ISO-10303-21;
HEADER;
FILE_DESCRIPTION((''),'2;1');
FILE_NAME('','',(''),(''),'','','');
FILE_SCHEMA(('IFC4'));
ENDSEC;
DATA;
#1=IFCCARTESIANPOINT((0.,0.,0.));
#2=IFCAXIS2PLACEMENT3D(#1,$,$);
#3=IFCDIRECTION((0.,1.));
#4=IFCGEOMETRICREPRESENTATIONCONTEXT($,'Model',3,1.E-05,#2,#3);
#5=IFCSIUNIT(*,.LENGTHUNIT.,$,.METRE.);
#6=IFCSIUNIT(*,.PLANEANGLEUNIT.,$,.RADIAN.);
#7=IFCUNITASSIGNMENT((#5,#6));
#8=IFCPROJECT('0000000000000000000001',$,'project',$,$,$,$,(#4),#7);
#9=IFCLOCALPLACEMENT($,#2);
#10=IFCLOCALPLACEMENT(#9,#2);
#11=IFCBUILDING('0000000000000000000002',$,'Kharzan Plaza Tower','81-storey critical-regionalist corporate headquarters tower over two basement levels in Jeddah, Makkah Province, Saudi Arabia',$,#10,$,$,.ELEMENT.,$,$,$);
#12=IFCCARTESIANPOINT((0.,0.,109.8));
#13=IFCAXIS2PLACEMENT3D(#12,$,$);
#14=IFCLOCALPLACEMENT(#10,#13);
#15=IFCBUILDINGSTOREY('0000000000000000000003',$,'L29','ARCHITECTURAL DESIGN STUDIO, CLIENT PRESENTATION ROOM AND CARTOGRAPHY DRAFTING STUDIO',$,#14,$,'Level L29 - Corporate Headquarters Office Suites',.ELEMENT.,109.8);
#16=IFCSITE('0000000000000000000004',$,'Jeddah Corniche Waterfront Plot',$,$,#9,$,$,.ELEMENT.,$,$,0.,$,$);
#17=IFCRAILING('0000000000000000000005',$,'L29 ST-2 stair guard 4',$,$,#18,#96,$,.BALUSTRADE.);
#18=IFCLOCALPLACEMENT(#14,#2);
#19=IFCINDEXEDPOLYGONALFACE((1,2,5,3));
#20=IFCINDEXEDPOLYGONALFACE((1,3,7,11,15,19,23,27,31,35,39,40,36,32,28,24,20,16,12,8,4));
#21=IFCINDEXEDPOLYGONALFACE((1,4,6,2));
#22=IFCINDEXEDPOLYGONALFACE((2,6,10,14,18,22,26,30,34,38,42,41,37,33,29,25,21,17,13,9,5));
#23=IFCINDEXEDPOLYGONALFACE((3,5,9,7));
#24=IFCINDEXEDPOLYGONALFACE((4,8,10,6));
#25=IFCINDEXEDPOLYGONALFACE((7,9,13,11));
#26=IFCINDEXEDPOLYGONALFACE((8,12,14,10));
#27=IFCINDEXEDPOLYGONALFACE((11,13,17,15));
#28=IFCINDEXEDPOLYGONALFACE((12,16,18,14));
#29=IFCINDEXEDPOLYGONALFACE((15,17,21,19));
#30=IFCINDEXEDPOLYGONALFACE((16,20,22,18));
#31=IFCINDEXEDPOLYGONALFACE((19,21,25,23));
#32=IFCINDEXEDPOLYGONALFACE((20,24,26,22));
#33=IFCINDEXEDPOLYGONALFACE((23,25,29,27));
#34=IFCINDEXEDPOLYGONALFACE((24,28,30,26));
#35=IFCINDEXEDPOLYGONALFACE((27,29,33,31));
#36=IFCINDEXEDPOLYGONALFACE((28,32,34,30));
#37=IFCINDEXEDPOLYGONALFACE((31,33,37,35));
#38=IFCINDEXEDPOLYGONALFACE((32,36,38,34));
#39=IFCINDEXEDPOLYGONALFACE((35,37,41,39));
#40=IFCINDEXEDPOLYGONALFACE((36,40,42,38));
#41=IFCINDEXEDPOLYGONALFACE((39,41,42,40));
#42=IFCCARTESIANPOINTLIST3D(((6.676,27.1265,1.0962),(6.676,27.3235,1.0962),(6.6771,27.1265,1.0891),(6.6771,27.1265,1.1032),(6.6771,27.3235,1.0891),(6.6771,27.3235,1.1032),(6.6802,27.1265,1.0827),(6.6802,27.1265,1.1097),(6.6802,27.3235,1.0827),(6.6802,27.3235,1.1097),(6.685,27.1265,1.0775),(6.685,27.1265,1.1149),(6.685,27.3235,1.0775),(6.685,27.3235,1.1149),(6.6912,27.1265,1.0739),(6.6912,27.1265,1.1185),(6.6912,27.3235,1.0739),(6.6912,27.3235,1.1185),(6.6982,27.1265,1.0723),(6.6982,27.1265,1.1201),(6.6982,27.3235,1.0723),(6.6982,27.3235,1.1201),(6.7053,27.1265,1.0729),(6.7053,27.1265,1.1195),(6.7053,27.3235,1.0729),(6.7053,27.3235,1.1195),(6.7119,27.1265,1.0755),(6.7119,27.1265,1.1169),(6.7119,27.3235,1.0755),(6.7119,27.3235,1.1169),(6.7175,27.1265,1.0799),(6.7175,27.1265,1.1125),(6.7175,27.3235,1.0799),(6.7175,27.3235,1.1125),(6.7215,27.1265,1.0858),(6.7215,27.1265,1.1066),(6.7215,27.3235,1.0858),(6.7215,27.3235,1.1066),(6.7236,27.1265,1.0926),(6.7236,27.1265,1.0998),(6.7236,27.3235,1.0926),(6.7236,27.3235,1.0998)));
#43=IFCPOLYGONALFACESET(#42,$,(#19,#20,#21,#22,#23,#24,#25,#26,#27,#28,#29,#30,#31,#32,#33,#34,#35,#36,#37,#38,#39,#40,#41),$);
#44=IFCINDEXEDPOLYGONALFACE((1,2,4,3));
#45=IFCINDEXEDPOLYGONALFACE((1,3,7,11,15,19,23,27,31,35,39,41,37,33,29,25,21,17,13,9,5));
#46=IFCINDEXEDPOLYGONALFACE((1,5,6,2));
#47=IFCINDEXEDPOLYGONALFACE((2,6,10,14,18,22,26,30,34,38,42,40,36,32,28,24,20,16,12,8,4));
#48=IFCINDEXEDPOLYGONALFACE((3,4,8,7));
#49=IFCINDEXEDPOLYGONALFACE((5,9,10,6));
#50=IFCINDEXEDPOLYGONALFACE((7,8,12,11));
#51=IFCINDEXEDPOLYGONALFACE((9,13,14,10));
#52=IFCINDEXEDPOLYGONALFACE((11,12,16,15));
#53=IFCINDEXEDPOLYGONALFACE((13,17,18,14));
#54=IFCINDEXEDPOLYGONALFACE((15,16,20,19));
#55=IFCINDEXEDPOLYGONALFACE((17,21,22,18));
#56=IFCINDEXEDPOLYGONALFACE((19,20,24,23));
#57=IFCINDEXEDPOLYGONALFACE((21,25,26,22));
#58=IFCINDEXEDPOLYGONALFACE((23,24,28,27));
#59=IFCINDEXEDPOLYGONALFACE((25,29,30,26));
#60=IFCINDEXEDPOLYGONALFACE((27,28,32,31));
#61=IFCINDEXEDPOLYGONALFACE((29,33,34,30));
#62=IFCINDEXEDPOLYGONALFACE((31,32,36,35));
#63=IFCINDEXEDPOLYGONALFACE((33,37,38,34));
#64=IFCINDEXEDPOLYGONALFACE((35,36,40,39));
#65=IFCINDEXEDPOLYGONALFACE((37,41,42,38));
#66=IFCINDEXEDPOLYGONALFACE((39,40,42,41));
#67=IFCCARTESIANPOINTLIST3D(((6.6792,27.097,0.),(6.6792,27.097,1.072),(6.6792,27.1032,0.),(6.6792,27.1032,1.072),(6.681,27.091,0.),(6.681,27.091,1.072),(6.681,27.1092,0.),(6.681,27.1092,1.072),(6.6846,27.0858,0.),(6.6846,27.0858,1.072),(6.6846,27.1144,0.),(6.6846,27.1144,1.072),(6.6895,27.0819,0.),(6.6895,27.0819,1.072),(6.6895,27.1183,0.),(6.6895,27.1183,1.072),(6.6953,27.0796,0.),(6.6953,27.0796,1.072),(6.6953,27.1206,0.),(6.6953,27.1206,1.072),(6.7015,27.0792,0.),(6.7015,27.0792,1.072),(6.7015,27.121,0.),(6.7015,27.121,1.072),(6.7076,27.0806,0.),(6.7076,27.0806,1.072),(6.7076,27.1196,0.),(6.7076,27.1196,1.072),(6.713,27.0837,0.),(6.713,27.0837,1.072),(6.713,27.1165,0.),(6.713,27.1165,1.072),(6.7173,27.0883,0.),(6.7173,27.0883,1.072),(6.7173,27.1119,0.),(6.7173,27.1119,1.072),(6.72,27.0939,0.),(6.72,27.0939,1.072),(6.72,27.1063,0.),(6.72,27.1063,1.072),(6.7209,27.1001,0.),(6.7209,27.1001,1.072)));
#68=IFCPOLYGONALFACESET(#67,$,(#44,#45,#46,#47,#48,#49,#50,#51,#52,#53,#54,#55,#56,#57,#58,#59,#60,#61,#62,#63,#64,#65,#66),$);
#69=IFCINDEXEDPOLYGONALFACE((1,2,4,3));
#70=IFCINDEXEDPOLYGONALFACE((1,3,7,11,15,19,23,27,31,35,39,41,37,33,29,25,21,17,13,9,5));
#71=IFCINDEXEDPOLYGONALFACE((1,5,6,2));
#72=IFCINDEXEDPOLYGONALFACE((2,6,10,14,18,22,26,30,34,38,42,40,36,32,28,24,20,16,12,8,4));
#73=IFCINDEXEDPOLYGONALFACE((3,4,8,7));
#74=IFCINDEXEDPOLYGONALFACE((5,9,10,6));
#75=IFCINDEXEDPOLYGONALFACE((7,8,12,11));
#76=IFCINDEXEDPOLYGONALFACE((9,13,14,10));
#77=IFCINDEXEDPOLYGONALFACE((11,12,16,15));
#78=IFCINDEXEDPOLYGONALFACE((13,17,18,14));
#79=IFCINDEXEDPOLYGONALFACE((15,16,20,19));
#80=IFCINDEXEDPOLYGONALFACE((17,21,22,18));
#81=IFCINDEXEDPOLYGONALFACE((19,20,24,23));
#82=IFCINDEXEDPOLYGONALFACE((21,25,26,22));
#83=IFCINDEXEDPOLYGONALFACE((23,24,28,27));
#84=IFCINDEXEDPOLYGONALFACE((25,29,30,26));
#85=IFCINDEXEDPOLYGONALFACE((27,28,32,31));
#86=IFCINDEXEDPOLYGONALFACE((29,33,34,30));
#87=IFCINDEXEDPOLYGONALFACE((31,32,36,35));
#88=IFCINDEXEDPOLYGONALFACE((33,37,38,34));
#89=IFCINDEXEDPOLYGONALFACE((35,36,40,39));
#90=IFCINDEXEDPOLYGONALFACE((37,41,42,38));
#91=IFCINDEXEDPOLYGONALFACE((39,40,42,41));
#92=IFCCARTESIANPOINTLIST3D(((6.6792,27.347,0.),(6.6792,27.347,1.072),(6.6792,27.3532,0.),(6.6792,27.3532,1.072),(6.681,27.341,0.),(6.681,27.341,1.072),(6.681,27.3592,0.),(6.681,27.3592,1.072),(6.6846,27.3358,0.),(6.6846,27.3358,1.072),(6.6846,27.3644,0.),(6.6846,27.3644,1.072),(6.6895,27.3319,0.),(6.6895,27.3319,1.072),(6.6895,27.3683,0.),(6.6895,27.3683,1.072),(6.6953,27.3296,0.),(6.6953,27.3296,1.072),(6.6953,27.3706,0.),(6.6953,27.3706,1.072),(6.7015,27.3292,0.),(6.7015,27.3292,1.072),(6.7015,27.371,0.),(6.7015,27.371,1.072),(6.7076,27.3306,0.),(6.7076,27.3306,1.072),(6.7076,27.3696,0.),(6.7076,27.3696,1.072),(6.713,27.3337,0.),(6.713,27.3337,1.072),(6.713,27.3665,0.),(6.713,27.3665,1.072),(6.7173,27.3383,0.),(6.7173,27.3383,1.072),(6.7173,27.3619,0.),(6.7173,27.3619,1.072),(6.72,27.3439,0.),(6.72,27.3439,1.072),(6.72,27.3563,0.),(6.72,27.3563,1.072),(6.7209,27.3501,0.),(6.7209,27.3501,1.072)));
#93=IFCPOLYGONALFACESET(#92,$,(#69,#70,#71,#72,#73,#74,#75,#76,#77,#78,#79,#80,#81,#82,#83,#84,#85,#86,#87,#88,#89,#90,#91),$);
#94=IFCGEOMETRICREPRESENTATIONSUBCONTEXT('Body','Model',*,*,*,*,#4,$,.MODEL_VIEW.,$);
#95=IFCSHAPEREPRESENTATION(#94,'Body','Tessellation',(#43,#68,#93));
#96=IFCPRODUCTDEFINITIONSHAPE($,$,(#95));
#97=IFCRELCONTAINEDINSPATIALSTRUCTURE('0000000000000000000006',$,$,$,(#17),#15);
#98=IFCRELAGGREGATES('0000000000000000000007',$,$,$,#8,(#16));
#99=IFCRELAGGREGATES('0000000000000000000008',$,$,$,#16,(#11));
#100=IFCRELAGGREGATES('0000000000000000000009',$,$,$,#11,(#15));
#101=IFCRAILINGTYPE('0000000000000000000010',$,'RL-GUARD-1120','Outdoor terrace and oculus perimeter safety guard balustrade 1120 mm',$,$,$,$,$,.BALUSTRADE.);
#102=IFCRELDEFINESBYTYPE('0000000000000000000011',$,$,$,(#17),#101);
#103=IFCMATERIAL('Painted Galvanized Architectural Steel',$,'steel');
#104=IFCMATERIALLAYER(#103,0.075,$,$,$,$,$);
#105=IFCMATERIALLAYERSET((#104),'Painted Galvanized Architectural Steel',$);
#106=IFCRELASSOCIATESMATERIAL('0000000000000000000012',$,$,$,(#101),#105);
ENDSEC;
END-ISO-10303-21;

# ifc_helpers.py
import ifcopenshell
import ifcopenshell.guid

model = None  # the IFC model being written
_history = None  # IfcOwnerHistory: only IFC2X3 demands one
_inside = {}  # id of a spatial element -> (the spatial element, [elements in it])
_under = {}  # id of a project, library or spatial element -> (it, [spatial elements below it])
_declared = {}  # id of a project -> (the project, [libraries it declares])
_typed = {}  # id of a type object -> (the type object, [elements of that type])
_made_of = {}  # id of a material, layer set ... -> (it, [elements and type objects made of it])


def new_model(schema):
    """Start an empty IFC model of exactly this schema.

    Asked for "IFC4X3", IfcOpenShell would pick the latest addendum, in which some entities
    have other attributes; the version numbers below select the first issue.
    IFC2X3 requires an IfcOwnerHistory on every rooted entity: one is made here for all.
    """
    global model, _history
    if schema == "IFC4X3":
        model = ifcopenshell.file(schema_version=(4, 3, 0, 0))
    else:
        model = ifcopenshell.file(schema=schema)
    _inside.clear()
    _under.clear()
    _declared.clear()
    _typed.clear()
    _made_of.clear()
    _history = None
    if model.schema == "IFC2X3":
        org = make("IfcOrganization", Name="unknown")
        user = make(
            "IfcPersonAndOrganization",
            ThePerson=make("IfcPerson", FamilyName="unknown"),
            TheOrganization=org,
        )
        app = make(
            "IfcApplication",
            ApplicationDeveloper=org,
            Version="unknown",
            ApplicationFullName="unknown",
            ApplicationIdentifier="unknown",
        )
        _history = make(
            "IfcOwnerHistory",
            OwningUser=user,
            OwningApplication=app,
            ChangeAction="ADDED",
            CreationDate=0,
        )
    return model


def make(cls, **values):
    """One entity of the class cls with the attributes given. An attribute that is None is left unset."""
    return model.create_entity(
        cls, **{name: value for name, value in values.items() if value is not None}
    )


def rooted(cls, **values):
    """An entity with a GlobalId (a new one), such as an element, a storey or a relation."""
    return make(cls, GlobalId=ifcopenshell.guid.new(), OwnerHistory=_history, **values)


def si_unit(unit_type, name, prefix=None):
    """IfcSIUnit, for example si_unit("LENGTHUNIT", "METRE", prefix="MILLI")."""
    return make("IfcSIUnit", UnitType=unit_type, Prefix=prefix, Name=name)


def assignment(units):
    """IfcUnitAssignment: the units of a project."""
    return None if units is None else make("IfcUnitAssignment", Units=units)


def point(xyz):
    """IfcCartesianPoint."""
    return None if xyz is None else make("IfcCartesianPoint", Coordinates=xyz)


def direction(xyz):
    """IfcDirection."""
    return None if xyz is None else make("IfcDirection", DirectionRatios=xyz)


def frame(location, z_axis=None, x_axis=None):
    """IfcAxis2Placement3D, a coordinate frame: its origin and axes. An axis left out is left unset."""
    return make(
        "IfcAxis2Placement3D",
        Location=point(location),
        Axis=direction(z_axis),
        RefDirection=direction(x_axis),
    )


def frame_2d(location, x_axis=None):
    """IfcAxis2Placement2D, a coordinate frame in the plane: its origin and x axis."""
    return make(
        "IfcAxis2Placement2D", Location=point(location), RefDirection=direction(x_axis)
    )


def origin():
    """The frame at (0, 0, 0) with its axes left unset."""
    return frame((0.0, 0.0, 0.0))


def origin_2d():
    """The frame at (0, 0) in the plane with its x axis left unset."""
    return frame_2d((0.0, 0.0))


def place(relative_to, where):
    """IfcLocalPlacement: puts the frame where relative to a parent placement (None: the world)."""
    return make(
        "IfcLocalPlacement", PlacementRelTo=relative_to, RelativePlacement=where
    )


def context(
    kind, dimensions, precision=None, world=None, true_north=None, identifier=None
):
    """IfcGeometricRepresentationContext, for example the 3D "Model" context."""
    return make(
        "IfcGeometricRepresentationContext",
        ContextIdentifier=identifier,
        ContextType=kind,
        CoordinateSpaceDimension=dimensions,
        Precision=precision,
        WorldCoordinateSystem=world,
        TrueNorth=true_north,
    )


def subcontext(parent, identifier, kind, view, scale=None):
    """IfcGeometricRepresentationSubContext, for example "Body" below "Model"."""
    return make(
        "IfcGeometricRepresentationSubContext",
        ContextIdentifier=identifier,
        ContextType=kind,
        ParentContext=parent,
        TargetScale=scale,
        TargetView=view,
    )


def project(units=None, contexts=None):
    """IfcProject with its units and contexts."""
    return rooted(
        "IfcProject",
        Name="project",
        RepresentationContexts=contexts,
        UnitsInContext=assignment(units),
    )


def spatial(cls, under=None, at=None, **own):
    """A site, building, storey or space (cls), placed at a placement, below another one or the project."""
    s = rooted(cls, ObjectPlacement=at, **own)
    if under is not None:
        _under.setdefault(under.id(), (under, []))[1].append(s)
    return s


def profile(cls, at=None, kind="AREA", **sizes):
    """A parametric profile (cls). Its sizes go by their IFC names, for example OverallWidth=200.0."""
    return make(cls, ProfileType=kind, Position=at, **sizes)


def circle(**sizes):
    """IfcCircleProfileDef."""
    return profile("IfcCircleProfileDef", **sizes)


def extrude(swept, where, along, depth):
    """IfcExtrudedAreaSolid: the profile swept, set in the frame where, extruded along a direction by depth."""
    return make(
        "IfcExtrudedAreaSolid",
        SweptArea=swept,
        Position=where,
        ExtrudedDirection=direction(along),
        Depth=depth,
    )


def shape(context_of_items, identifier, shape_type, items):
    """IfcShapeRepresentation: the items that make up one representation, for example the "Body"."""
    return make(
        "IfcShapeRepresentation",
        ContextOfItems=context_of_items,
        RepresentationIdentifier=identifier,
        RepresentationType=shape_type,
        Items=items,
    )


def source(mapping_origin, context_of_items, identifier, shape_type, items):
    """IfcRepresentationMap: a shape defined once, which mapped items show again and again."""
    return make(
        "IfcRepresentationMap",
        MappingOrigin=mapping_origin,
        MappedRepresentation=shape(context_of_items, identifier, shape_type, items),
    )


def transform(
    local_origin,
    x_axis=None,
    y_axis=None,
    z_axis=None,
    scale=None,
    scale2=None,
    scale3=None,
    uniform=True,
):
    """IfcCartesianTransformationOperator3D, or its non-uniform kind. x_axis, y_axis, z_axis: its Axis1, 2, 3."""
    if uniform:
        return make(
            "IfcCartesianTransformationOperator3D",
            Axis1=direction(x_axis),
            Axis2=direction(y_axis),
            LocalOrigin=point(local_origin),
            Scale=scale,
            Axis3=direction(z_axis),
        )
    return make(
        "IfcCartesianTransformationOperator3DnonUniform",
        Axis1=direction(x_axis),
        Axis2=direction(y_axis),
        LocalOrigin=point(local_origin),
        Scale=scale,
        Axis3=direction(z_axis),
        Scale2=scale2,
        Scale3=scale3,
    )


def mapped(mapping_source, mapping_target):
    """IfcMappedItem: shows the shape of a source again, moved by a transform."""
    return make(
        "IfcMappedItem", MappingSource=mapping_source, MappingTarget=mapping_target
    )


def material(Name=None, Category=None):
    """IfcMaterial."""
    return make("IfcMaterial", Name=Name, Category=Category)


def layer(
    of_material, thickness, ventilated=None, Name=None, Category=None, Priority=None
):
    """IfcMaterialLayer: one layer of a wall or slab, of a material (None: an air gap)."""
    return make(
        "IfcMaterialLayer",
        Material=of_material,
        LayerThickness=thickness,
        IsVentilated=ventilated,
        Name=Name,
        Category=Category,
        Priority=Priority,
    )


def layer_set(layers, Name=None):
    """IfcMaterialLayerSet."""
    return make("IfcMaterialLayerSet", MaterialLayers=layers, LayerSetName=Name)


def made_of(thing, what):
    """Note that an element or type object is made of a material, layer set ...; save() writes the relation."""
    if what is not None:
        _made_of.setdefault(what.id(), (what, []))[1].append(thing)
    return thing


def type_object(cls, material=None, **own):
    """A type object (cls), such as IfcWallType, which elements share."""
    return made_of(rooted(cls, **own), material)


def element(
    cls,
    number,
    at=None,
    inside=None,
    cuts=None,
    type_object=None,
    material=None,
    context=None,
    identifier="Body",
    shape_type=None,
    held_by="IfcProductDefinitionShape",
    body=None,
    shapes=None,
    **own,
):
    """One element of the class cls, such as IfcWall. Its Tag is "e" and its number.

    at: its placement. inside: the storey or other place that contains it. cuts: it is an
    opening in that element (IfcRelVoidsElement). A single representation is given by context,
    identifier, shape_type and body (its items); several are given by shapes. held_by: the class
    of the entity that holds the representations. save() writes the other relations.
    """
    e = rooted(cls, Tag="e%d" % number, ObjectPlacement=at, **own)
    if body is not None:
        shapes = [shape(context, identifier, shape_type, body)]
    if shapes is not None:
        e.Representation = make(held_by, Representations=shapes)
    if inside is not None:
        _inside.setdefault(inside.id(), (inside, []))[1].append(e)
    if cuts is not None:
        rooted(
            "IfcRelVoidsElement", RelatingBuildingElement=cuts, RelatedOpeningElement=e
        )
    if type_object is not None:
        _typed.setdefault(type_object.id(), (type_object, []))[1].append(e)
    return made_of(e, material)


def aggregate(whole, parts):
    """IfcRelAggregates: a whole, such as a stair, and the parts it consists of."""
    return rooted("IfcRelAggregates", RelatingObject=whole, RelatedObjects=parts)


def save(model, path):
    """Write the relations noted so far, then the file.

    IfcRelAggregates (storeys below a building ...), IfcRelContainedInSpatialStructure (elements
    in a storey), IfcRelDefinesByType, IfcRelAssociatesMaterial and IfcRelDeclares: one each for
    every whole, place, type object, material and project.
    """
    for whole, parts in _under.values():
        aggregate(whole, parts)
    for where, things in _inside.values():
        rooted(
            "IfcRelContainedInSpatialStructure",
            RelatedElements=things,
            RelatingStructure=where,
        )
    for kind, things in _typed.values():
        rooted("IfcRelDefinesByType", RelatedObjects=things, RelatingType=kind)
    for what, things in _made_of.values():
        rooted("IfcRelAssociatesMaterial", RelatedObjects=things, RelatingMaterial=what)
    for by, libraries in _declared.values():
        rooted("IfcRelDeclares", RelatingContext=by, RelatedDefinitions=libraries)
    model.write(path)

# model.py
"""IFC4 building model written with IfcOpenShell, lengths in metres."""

from ifc_helpers import new_model, si_unit, direction, frame, origin, origin_2d, place, context, subcontext, project, spatial, circle, extrude, source, transform, mapped, material, layer, layer_set, type_object, element, save


model = new_model("IFC4")

# Units and contexts
model_context = context("Model", 3, precision=1e-05, world=origin(), true_north=direction((0.0, 1.0)))
body_context = subcontext(model_context, "Body", "Model", "MODEL_VIEW")
ifc_project = project(units=[si_unit("LENGTHUNIT", "METRE"), si_unit("PLANEANGLEUNIT", "RADIAN")], contexts=[model_context])

# Site, building, storey
site_placement = place(None, origin())
site = spatial("IfcSite", under=ifc_project, at=site_placement, Name="Jeddah Corniche Waterfront Plot", CompositionType="ELEMENT", RefElevation=0.0)
building_placement = place(site_placement, origin())
building = spatial("IfcBuilding", under=site, at=building_placement, Name="Kharzan Plaza Tower", Description="81-storey critical-regionalist corporate headquarters tower over two basement levels in Jeddah, Makkah Province, Saudi Arabia", CompositionType="ELEMENT")
storey_placement = place(building_placement, frame((0.0, 0.0, 109.8)))
storey = spatial("IfcBuildingStorey", under=building, at=storey_placement, Name="L29", Description="ARCHITECTURAL DESIGN STUDIO, CLIENT PRESENTATION ROOM AND CARTOGRAPHY DRAFTING STUDIO", LongName="Level L29 - Corporate Headquarters Office Suites", CompositionType="ELEMENT", Elevation=109.8)

# Railing
ifc_material_1 = material(Name="Painted Galvanized Architectural Steel", Category="steel")
ifc_layer_1 = layer(ifc_material_1, 0.075)
ifc_layer_set_1 = layer_set([ifc_layer_1], Name="Painted Galvanized Architectural Steel")
railing_type_1 = type_object("IfcRailingType", Name="RL-GUARD-1120", Description="Outdoor terrace and oculus perimeter safety guard balustrade 1120 mm", PredefinedType="BALUSTRADE", material=ifc_layer_set_1)
shared_shape_1 = source(origin(), body_context, "Body", "SweptSolid", [
    extrude(circle(Radius=0.0239, at=origin_2d()), frame((0.0, 0.0264, 1.0962), z_axis=(0.0, 1.0, 0.0), x_axis=(-1.0, 0.0, 0.0)), (0.0, 0.0, 1.0), 0.197),
    extrude(circle(Radius=0.021, at=origin_2d()), origin(), (0.0, 0.0, 1.0), 1.072),
    extrude(circle(Radius=0.021, at=origin_2d()), frame((0.0, 0.25, 0.0)), (0.0, 0.0, 1.0), 1.072),
])
for number, where, name in (
    (1, (6.7, 27.1001, 0.0), "L29 ST-2 stair guard 4"),
):
    element("IfcRailing", number, at=place(storey_placement, frame(where)), inside=storey, type_object=railing_type_1, Name=name, PredefinedType="BALUSTRADE", context=body_context, shape_type="MappedRepresentation", body=[
        mapped(shared_shape_1, transform((0.0, 0.0, 0.0), x_axis=(1.0, 0.0, 0.0), y_axis=(0.0, 1.0, 0.0), z_axis=(0.0, 0.0, 1.0))),
    ])

save(model, "model.ifc")
